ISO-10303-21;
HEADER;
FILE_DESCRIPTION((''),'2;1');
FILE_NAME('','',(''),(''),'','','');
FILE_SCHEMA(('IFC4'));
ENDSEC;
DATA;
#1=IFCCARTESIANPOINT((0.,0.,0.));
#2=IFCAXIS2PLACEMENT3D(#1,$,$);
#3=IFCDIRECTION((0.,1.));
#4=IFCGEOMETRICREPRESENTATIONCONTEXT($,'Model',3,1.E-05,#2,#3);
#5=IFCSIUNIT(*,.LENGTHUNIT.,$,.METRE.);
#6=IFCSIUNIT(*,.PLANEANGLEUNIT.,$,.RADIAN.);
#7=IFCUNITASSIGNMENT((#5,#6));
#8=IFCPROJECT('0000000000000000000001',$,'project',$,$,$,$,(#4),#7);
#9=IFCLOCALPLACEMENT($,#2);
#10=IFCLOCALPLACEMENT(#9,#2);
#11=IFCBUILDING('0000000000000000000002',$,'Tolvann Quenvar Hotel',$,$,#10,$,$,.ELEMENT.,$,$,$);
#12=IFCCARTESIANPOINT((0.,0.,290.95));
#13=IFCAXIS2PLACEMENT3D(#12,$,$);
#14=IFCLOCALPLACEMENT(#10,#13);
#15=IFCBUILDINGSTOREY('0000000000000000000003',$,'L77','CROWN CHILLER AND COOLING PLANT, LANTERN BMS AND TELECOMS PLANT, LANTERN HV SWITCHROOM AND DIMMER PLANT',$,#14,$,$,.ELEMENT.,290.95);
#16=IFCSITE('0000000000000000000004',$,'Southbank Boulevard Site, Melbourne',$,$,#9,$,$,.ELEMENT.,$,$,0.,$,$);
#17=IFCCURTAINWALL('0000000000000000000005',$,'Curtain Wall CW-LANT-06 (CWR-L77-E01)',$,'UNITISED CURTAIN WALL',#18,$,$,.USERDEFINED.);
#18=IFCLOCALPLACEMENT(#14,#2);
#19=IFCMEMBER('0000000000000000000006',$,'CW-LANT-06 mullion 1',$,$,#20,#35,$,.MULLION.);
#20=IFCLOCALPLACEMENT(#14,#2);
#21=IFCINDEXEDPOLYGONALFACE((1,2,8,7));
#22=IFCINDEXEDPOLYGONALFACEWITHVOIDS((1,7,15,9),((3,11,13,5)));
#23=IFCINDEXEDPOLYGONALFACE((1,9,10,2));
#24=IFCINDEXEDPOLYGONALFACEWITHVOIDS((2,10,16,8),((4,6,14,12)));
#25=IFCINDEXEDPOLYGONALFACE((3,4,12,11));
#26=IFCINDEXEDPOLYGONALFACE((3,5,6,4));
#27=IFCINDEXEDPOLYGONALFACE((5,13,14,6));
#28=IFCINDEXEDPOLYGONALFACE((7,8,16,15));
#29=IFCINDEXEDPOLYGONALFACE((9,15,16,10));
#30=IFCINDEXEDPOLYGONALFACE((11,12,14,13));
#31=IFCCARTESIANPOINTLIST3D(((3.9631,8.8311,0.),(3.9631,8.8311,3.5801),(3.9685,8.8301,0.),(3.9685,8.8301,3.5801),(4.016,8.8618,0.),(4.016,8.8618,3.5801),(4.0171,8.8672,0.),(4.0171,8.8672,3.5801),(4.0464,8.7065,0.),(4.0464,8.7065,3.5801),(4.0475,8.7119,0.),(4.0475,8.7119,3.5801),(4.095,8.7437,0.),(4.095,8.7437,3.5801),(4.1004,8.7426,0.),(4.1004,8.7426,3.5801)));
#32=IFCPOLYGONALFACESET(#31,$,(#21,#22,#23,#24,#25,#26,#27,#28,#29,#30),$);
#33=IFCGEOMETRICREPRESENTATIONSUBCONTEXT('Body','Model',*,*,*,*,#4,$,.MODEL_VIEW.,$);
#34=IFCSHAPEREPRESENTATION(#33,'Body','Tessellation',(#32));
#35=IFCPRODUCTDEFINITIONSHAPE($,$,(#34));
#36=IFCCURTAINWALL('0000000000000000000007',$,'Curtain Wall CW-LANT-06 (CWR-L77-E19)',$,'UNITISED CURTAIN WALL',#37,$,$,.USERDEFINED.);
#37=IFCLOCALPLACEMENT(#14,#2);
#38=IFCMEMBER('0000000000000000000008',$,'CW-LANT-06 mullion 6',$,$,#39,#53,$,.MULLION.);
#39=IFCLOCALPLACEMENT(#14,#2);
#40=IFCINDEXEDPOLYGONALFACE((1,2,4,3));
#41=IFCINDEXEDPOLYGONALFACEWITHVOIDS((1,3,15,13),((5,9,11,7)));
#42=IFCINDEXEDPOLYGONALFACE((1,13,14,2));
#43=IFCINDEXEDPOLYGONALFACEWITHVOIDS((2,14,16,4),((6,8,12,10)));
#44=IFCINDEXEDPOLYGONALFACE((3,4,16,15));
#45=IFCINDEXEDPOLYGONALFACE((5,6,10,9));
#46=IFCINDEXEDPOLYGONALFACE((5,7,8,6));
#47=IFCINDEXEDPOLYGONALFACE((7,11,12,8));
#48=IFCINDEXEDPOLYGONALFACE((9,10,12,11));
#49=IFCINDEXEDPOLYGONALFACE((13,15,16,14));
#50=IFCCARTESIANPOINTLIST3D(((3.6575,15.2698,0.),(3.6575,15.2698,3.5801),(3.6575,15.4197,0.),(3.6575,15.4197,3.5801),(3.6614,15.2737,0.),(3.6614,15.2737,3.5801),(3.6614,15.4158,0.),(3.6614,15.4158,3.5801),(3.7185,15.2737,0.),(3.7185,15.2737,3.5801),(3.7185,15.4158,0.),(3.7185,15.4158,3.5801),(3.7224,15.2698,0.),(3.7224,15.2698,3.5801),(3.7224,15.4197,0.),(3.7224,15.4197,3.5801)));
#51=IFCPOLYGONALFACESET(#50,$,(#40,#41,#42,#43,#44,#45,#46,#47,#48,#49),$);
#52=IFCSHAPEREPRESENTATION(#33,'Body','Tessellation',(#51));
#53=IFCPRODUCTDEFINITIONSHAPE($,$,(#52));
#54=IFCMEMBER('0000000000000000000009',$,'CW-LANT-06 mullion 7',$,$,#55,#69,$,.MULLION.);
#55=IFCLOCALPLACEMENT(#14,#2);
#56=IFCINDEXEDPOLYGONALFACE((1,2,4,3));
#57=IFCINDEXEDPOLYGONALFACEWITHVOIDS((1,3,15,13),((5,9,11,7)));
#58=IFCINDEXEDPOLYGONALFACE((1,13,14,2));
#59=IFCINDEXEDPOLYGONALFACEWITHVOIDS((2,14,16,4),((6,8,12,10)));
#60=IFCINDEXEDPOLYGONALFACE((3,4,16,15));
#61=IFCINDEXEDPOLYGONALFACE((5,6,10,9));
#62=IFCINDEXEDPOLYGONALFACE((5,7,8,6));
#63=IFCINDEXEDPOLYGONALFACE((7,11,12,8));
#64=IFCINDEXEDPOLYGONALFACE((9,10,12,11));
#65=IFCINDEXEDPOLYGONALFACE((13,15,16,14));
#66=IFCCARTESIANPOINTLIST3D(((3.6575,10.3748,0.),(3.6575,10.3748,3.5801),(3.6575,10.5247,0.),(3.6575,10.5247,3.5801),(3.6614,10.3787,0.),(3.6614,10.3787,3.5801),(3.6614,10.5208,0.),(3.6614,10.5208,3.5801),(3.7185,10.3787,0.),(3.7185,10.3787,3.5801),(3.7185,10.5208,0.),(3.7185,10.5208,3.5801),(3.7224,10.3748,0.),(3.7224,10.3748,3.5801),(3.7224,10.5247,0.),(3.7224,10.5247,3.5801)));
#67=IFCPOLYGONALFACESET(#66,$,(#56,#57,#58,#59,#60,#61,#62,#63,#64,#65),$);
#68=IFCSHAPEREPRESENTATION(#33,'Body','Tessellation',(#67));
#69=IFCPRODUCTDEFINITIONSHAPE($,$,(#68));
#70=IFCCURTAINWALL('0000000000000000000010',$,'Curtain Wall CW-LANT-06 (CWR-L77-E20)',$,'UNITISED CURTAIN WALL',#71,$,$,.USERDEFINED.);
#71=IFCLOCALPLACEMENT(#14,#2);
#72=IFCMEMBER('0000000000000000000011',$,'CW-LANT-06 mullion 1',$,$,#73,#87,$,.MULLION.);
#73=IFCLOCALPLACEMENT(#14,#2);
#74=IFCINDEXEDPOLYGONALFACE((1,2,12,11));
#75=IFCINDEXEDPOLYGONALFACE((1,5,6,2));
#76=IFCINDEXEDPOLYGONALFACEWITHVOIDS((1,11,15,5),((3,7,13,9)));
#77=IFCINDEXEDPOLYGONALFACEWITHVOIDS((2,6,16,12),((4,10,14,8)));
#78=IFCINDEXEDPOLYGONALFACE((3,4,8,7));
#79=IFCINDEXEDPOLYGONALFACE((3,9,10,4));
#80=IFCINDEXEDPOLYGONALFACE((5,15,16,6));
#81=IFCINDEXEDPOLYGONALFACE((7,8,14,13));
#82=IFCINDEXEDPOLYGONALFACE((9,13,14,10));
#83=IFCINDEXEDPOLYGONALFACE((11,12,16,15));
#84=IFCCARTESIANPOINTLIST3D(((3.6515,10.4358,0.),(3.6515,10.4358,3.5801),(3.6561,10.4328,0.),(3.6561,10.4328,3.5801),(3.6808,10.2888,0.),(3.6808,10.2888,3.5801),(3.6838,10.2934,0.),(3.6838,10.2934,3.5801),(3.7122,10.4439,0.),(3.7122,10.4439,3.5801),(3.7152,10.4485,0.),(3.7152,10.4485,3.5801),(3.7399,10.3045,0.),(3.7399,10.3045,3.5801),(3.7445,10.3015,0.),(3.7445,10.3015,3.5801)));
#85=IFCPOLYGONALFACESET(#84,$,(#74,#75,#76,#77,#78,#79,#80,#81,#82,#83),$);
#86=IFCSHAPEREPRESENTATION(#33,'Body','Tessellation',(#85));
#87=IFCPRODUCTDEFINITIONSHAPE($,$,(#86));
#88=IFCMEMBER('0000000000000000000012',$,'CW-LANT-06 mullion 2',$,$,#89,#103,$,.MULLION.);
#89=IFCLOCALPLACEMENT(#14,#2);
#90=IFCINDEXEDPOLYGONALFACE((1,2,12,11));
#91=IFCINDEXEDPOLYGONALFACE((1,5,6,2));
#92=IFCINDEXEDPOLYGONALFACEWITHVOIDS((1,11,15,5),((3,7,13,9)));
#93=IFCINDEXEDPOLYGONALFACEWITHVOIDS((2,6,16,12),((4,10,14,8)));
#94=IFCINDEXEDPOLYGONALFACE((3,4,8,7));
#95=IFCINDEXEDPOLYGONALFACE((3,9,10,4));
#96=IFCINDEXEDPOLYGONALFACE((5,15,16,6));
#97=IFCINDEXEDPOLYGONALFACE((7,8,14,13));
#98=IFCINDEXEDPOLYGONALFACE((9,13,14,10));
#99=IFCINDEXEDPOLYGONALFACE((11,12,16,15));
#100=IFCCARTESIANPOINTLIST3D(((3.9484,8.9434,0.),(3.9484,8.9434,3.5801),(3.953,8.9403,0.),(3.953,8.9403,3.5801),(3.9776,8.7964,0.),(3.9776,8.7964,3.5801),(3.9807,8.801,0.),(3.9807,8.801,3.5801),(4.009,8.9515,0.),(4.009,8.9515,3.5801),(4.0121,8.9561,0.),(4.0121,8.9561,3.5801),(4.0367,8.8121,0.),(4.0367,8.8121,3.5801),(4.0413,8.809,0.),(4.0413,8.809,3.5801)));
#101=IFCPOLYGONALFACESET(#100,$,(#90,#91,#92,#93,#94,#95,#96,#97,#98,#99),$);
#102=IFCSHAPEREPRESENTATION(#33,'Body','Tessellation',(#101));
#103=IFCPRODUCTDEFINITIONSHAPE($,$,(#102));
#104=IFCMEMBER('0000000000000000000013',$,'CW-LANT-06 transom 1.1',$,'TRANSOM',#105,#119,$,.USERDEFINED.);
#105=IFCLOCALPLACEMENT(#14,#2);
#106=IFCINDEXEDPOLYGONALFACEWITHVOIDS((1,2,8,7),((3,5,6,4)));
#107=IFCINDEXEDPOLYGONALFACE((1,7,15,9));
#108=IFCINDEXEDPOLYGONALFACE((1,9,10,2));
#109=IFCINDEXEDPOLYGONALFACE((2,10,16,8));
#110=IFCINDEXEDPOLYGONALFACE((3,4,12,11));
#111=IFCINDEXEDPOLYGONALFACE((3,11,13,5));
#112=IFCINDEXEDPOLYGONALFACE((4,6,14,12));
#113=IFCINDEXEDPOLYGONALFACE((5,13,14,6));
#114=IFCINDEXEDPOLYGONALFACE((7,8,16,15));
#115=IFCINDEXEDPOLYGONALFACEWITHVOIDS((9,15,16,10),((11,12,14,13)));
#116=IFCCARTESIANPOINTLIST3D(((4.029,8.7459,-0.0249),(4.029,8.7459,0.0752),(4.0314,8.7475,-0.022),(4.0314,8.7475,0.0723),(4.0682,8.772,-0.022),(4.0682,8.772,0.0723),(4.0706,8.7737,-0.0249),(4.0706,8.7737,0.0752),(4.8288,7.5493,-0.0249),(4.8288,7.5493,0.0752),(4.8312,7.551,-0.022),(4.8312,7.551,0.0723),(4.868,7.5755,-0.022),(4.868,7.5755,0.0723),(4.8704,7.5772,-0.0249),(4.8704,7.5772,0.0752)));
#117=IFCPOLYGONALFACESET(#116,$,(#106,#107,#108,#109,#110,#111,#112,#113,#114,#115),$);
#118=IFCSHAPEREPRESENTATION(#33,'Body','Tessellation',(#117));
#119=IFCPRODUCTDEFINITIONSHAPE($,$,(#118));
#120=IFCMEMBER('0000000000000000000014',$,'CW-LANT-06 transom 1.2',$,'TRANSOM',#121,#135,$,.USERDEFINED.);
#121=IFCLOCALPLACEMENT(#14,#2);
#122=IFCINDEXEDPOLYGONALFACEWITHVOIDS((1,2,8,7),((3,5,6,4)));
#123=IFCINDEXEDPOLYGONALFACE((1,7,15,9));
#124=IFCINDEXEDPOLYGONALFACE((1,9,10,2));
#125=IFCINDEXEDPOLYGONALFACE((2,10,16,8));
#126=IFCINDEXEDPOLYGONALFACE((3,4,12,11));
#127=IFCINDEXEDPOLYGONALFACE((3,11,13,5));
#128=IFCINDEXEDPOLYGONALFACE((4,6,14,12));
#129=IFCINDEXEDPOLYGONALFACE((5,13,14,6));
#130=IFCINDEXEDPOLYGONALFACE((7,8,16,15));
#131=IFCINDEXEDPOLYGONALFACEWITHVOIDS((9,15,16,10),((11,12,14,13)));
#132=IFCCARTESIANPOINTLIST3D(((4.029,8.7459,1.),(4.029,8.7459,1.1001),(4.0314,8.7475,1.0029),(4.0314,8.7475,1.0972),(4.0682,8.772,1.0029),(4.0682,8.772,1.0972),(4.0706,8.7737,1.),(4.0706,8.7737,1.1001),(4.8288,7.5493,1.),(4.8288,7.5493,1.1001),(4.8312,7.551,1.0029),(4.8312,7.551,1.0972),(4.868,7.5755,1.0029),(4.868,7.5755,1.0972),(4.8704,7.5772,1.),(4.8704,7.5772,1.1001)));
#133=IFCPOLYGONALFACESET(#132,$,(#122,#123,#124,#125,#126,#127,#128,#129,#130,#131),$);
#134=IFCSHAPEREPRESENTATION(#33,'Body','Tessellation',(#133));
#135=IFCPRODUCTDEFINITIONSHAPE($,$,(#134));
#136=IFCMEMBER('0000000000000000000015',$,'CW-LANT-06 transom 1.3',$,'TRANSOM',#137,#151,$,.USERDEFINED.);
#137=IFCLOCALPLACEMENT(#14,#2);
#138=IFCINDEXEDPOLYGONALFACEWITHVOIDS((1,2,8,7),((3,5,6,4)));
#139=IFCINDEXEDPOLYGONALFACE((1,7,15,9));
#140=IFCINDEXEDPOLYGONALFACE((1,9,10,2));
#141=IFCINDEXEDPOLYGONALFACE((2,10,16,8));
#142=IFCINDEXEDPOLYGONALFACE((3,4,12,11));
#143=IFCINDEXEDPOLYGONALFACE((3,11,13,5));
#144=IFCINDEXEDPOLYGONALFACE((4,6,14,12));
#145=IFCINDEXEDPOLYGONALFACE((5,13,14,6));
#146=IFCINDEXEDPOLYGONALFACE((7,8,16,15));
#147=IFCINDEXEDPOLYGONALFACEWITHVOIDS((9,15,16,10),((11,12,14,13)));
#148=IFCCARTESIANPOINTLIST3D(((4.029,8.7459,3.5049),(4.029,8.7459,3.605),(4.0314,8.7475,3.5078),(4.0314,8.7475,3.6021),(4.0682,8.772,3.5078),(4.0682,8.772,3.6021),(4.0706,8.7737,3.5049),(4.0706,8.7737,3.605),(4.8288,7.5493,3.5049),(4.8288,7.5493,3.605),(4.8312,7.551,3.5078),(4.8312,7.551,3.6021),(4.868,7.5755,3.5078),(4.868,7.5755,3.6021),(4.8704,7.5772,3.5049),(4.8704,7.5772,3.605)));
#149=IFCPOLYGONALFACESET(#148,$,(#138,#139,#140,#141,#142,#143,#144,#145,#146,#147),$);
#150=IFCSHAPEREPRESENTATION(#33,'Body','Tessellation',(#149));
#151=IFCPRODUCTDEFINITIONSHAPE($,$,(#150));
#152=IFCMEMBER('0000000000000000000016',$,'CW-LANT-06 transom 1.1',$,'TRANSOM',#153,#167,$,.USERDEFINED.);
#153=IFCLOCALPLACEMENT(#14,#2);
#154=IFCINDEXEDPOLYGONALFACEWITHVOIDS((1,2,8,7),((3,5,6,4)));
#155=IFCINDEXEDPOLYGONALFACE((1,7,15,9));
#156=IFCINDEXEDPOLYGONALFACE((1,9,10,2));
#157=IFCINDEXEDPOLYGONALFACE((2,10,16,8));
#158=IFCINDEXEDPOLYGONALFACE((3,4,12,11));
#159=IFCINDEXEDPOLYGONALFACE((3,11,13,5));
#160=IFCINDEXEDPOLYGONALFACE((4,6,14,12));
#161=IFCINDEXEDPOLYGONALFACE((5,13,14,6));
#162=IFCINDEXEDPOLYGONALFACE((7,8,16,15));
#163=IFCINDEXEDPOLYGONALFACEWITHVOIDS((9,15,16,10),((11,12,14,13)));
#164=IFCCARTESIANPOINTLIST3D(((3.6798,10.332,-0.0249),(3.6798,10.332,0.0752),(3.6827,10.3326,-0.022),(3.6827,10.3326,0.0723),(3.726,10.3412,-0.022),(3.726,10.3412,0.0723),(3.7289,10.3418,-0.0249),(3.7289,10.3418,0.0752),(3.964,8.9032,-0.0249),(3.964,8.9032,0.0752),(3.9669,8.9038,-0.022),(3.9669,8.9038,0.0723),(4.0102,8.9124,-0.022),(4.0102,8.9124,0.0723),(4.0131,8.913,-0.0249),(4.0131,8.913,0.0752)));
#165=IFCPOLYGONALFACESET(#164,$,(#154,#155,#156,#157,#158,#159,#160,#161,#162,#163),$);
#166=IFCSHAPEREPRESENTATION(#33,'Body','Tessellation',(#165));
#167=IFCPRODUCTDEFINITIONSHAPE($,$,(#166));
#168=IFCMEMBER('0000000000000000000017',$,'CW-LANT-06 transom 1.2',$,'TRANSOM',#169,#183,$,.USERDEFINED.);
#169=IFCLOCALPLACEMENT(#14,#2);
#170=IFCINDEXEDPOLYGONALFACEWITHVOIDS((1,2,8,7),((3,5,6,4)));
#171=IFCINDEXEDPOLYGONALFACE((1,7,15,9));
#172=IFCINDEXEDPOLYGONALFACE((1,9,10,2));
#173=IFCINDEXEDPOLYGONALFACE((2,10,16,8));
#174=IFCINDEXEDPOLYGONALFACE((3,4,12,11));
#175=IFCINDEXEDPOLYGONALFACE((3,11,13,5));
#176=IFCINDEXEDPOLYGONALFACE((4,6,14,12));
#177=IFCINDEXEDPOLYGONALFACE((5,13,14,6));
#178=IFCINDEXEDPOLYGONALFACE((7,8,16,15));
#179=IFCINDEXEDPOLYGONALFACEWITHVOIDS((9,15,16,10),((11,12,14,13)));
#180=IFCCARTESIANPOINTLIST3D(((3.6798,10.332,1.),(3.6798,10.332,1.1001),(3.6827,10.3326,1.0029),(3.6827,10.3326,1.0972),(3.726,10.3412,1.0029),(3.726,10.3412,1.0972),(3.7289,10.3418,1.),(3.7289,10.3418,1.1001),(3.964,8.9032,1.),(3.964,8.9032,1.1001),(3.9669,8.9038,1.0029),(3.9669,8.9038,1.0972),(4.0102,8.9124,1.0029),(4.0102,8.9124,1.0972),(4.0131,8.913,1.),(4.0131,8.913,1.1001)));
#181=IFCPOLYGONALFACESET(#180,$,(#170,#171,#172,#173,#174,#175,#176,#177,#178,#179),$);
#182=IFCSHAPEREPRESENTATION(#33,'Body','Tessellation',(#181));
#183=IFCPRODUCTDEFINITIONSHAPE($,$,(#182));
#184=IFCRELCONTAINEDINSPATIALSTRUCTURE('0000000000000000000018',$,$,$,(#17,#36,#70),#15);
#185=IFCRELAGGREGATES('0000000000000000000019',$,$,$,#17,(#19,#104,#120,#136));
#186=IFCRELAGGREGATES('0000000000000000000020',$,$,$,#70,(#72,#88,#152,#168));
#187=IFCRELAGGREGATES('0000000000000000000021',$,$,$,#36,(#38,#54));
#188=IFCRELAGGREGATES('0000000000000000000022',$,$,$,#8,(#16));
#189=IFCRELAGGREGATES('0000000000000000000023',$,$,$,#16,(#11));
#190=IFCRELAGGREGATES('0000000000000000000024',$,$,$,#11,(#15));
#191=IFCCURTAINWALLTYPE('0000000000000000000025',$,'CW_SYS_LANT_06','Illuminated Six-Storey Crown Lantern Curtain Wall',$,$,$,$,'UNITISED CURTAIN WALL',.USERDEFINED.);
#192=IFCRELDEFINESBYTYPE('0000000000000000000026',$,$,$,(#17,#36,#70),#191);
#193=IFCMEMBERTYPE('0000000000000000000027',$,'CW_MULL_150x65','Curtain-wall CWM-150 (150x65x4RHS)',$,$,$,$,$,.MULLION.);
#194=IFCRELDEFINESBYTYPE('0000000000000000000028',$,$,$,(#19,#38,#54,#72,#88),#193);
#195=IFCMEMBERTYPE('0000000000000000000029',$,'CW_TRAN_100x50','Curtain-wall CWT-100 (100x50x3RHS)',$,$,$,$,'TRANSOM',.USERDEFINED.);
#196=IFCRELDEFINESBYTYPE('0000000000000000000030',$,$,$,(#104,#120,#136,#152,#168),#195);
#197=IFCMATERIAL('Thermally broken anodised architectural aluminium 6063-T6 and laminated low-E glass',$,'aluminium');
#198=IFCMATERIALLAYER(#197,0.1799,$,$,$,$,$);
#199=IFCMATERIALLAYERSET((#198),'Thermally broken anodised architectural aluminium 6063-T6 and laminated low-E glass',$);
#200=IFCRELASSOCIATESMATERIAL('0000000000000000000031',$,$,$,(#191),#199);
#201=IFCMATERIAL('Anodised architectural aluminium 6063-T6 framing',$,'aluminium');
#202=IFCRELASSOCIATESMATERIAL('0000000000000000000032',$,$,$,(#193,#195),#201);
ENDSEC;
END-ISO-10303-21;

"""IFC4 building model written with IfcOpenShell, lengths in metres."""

from ifc_helpers import new_model, si_unit, direction, frame, origin, origin_2d, place, context, subcontext, project, spatial, hollow_rectangle, extrude, source, transform, mapped, material, layer, layer_set, material_profile, profile_set, type_object, type_shapes, element, aggregate, save


model = new_model("IFC4")

# Units and contexts
model_context = context("Model", 3, precision=1e-05, world=origin(), true_north=direction((0.0, 1.0)))
body_context = subcontext(model_context, "Body", "Model", "MODEL_VIEW")
ifc_project = project(units=[si_unit("LENGTHUNIT", "METRE"), si_unit("PLANEANGLEUNIT", "RADIAN")], contexts=[model_context])

# Site, building, storey
site_placement = place(None, origin())
site = spatial("IfcSite", under=ifc_project, at=site_placement, Name="Southbank Boulevard Site, Melbourne", CompositionType="ELEMENT", RefElevation=0.0)
building_placement = place(site_placement, origin())
building = spatial("IfcBuilding", under=site, at=building_placement, Name="Tolvann Quenvar Hotel", CompositionType="ELEMENT")
storey_placement = place(building_placement, frame((0.0, 0.0, 290.95)))
storey = spatial("IfcBuildingStorey", under=building, at=storey_placement, Name="L77", Description="CROWN CHILLER AND COOLING PLANT, LANTERN BMS AND TELECOMS PLANT, LANTERN HV SWITCHROOM AND DIMMER PLANT", CompositionType="ELEMENT", Elevation=290.95)

# Curtain wall, member
ifc_material_1 = material(Name="Thermally broken anodised architectural aluminium 6063-T6 and laminated low-E glass", Category="aluminium")
ifc_layer_1 = layer(ifc_material_1, 0.1799)
ifc_layer_set_1 = layer_set([ifc_layer_1], Name="Thermally broken anodised architectural aluminium 6063-T6 and laminated low-E glass")
curtain_wall_type = type_object("IfcCurtainWallType", Name="CW_SYS_LANT_06", Description="Illuminated Six-Storey Crown Lantern Curtain Wall", ElementType="UNITISED CURTAIN WALL", PredefinedType="USERDEFINED", material=ifc_layer_set_1)
curtain_wall_1_placement = place(storey_placement, origin())
curtain_wall_1 = element("IfcCurtainWall", 1, at=curtain_wall_1_placement, inside=storey, type_object=curtain_wall_type, Name="Curtain Wall CW-LANT-06 (CWR-L77-E01)", ObjectType="UNITISED CURTAIN WALL", PredefinedType="USERDEFINED")
ifc_material_2 = material(Name="Anodised architectural aluminium 6063-T6 framing", Category="aluminium")
ifc_material_profile_1 = material_profile(ifc_material_2, hollow_rectangle(XDim=0.0649, YDim=0.1499, WallThickness=0.0039, at=origin_2d()), Name="150x65x4RHS")
ifc_profile_set_1 = profile_set([ifc_material_profile_1], Name="Anodised architectural aluminium 6063-T6 framing")
member_type_1 = type_object("IfcMemberType", Name="CW_MULL_150x65", Description="Curtain-wall CWM-150 (150x65x4RHS)", PredefinedType="MULLION", material=ifc_profile_set_1)
shared_shape_1 = source(origin(), body_context, "Body", "SweptSolid", [
    extrude(hollow_rectangle(XDim=0.0649, YDim=0.1499, WallThickness=0.0039, at=origin_2d()), origin(), (0.0, 0.0, 1.0), 3.5801),
])
type_shapes(member_type_1, [shared_shape_1])
member_1_placement = place(storey_placement, frame((4.0317, 8.7869, 0.0), z_axis=(0.0, 0.0, 1.0), x_axis=(0.831412, 0.555656, 0.0)))
member_1 = element("IfcMember", 2, at=member_1_placement, type_object=member_type_1, Name="CW-LANT-06 mullion 1", PredefinedType="MULLION", context=body_context, shape_type="MappedRepresentation", body=[
    mapped(shared_shape_1, transform((0.0, 0.0, 0.0), x_axis=(1.0, 0.0, 0.0), y_axis=(0.0, 1.0, 0.0), z_axis=(0.0, 0.0, 1.0), scale=1.0)),
])

# Curtain walls, members
curtain_wall_2_placement = place(storey_placement, origin())
curtain_wall_2 = element("IfcCurtainWall", 3, at=curtain_wall_2_placement, inside=storey, type_object=curtain_wall_type, Name="Curtain Wall CW-LANT-06 (CWR-L77-E19)", ObjectType="UNITISED CURTAIN WALL", PredefinedType="USERDEFINED")
member_2_placement = place(storey_placement, frame((3.6899, 15.3447, 0.0), z_axis=(0.0, 0.0, 1.0), x_axis=(1.0, 0.0, 0.0)))
member_2 = element("IfcMember", 4, at=member_2_placement, type_object=member_type_1, Name="CW-LANT-06 mullion 6", PredefinedType="MULLION", context=body_context, shape_type="MappedRepresentation", body=[
    mapped(shared_shape_1, transform((0.0, 0.0, 0.0), x_axis=(1.0, 0.0, 0.0), y_axis=(0.0, 1.0, 0.0), z_axis=(0.0, 0.0, 1.0), scale=1.0)),
])
member_3_placement = place(storey_placement, frame((3.6899, 10.4497, 0.0), z_axis=(0.0, 0.0, 1.0), x_axis=(1.0, 0.0, 0.0)))
member_3 = element("IfcMember", 5, at=member_3_placement, type_object=member_type_1, Name="CW-LANT-06 mullion 7", PredefinedType="MULLION", context=body_context, shape_type="MappedRepresentation", body=[
    mapped(shared_shape_1, transform((0.0, 0.0, 0.0), x_axis=(1.0, 0.0, 0.0), y_axis=(0.0, 1.0, 0.0), z_axis=(0.0, 0.0, 1.0), scale=1.0)),
])
curtain_wall_3_placement = place(storey_placement, origin())
curtain_wall_3 = element("IfcCurtainWall", 6, at=curtain_wall_3_placement, inside=storey, type_object=curtain_wall_type, Name="Curtain Wall CW-LANT-06 (CWR-L77-E20)", ObjectType="UNITISED CURTAIN WALL", PredefinedType="USERDEFINED")
member_4_placement = place(storey_placement, frame((3.698, 10.3687, 0.0), z_axis=(0.0, 0.0, 1.0), x_axis=(0.980791, 0.195062, 0.0)))
member_4 = element("IfcMember", 7, at=member_4_placement, type_object=member_type_1, Name="CW-LANT-06 mullion 1", PredefinedType="MULLION", context=body_context, shape_type="MappedRepresentation", body=[
    mapped(shared_shape_1, transform((0.0, 0.0, 0.0), x_axis=(1.0, 0.0, 0.0), y_axis=(0.0, 1.0, 0.0), z_axis=(0.0, 0.0, 1.0), scale=1.0)),
])
member_5_placement = place(storey_placement, frame((3.9949, 8.8762, 0.0), z_axis=(0.0, 0.0, 1.0), x_axis=(0.980791, 0.195062, 0.0)))
member_5 = element("IfcMember", 8, at=member_5_placement, type_object=member_type_1, Name="CW-LANT-06 mullion 2", PredefinedType="MULLION", context=body_context, shape_type="MappedRepresentation", body=[
    mapped(shared_shape_1, transform((0.0, 0.0, 0.0), x_axis=(1.0, 0.0, 0.0), y_axis=(0.0, 1.0, 0.0), z_axis=(0.0, 0.0, 1.0), scale=1.0)),
])

# Members
ifc_material_profile_2 = material_profile(ifc_material_2, hollow_rectangle(XDim=0.05, YDim=0.1001, WallThickness=0.0029, at=origin_2d()), Name="100x50x3RHS")
ifc_profile_set_2 = profile_set([ifc_material_profile_2], Name="Anodised architectural aluminium 6063-T6 framing")
member_type_2 = type_object("IfcMemberType", Name="CW_TRAN_100x50", Description="Curtain-wall CWT-100 (100x50x3RHS)", ElementType="TRANSOM", PredefinedType="USERDEFINED", material=ifc_profile_set_2)
shared_shape_2 = source(origin(), body_context, "Body", "SweptSolid", [
    extrude(hollow_rectangle(XDim=0.05, YDim=0.1001, WallThickness=0.0029, at=origin_2d()), origin(), (0.0, 0.0, 1.0), 1.4392),
])
member_6_placement = place(storey_placement, frame((4.0498, 8.7598, 0.0251), z_axis=(0.555718, -0.831371, 0.0), x_axis=(0.831371, 0.555718, 0.0)))
member_6 = element("IfcMember", 9, at=member_6_placement, type_object=member_type_2, Name="CW-LANT-06 transom 1.1", ObjectType="TRANSOM", PredefinedType="USERDEFINED", context=body_context, shape_type="MappedRepresentation", body=[
    mapped(shared_shape_2, transform((0.0, 0.0, 0.0), x_axis=(1.0, 0.0, 0.0), y_axis=(0.0, 1.0, 0.0), z_axis=(0.0, 0.0, 1.0), scale=1.0)),
])
member_7_placement = place(storey_placement, frame((4.0498, 8.7598, 1.05), z_axis=(0.555718, -0.831371, 0.0), x_axis=(0.831371, 0.555718, 0.0)))
member_7 = element("IfcMember", 10, at=member_7_placement, type_object=member_type_2, Name="CW-LANT-06 transom 1.2", ObjectType="TRANSOM", PredefinedType="USERDEFINED", context=body_context, shape_type="MappedRepresentation", body=[
    mapped(shared_shape_2, transform((0.0, 0.0, 0.0), x_axis=(1.0, 0.0, 0.0), y_axis=(0.0, 1.0, 0.0), z_axis=(0.0, 0.0, 1.0), scale=1.0)),
])
member_8_placement = place(storey_placement, frame((4.0498, 8.7598, 3.5549), z_axis=(0.555718, -0.831371, 0.0), x_axis=(0.831371, 0.555718, 0.0)))
member_8 = element("IfcMember", 11, at=member_8_placement, type_object=member_type_2, Name="CW-LANT-06 transom 1.3", ObjectType="TRANSOM", PredefinedType="USERDEFINED", context=body_context, shape_type="MappedRepresentation", body=[
    mapped(shared_shape_2, transform((0.0, 0.0, 0.0), x_axis=(1.0, 0.0, 0.0), y_axis=(0.0, 1.0, 0.0), z_axis=(0.0, 0.0, 1.0), scale=1.0)),
])
aggregate(curtain_wall_1, [member_1, member_6, member_7, member_8])
shared_shape_3 = source(origin(), body_context, "Body", "SweptSolid", [
    extrude(hollow_rectangle(XDim=0.05, YDim=0.1001, WallThickness=0.0029, at=origin_2d()), origin(), (0.0, 0.0, 1.0), 1.4568),
])
member_9_placement = place(storey_placement, frame((3.7043, 10.3369, 0.0251), z_axis=(0.195085, -0.980786, 0.0), x_axis=(0.980786, 0.195085, 0.0)))
member_9 = element("IfcMember", 12, at=member_9_placement, type_object=member_type_2, Name="CW-LANT-06 transom 1.1", ObjectType="TRANSOM", PredefinedType="USERDEFINED", context=body_context, shape_type="MappedRepresentation", body=[
    mapped(shared_shape_3, transform((0.0, 0.0, 0.0), x_axis=(1.0, 0.0, 0.0), y_axis=(0.0, 1.0, 0.0), z_axis=(0.0, 0.0, 1.0), scale=1.0)),
])
member_10_placement = place(storey_placement, frame((3.7043, 10.3369, 1.05), z_axis=(0.195085, -0.980786, 0.0), x_axis=(0.980786, 0.195085, 0.0)))
member_10 = element("IfcMember", 13, at=member_10_placement, type_object=member_type_2, Name="CW-LANT-06 transom 1.2", ObjectType="TRANSOM", PredefinedType="USERDEFINED", context=body_context, shape_type="MappedRepresentation", body=[
    mapped(shared_shape_3, transform((0.0, 0.0, 0.0), x_axis=(1.0, 0.0, 0.0), y_axis=(0.0, 1.0, 0.0), z_axis=(0.0, 0.0, 1.0), scale=1.0)),
])

aggregate(curtain_wall_3, [member_4, member_5, member_9, member_10])
aggregate(curtain_wall_2, [member_2, member_3])

save(model, "model.ifc")
